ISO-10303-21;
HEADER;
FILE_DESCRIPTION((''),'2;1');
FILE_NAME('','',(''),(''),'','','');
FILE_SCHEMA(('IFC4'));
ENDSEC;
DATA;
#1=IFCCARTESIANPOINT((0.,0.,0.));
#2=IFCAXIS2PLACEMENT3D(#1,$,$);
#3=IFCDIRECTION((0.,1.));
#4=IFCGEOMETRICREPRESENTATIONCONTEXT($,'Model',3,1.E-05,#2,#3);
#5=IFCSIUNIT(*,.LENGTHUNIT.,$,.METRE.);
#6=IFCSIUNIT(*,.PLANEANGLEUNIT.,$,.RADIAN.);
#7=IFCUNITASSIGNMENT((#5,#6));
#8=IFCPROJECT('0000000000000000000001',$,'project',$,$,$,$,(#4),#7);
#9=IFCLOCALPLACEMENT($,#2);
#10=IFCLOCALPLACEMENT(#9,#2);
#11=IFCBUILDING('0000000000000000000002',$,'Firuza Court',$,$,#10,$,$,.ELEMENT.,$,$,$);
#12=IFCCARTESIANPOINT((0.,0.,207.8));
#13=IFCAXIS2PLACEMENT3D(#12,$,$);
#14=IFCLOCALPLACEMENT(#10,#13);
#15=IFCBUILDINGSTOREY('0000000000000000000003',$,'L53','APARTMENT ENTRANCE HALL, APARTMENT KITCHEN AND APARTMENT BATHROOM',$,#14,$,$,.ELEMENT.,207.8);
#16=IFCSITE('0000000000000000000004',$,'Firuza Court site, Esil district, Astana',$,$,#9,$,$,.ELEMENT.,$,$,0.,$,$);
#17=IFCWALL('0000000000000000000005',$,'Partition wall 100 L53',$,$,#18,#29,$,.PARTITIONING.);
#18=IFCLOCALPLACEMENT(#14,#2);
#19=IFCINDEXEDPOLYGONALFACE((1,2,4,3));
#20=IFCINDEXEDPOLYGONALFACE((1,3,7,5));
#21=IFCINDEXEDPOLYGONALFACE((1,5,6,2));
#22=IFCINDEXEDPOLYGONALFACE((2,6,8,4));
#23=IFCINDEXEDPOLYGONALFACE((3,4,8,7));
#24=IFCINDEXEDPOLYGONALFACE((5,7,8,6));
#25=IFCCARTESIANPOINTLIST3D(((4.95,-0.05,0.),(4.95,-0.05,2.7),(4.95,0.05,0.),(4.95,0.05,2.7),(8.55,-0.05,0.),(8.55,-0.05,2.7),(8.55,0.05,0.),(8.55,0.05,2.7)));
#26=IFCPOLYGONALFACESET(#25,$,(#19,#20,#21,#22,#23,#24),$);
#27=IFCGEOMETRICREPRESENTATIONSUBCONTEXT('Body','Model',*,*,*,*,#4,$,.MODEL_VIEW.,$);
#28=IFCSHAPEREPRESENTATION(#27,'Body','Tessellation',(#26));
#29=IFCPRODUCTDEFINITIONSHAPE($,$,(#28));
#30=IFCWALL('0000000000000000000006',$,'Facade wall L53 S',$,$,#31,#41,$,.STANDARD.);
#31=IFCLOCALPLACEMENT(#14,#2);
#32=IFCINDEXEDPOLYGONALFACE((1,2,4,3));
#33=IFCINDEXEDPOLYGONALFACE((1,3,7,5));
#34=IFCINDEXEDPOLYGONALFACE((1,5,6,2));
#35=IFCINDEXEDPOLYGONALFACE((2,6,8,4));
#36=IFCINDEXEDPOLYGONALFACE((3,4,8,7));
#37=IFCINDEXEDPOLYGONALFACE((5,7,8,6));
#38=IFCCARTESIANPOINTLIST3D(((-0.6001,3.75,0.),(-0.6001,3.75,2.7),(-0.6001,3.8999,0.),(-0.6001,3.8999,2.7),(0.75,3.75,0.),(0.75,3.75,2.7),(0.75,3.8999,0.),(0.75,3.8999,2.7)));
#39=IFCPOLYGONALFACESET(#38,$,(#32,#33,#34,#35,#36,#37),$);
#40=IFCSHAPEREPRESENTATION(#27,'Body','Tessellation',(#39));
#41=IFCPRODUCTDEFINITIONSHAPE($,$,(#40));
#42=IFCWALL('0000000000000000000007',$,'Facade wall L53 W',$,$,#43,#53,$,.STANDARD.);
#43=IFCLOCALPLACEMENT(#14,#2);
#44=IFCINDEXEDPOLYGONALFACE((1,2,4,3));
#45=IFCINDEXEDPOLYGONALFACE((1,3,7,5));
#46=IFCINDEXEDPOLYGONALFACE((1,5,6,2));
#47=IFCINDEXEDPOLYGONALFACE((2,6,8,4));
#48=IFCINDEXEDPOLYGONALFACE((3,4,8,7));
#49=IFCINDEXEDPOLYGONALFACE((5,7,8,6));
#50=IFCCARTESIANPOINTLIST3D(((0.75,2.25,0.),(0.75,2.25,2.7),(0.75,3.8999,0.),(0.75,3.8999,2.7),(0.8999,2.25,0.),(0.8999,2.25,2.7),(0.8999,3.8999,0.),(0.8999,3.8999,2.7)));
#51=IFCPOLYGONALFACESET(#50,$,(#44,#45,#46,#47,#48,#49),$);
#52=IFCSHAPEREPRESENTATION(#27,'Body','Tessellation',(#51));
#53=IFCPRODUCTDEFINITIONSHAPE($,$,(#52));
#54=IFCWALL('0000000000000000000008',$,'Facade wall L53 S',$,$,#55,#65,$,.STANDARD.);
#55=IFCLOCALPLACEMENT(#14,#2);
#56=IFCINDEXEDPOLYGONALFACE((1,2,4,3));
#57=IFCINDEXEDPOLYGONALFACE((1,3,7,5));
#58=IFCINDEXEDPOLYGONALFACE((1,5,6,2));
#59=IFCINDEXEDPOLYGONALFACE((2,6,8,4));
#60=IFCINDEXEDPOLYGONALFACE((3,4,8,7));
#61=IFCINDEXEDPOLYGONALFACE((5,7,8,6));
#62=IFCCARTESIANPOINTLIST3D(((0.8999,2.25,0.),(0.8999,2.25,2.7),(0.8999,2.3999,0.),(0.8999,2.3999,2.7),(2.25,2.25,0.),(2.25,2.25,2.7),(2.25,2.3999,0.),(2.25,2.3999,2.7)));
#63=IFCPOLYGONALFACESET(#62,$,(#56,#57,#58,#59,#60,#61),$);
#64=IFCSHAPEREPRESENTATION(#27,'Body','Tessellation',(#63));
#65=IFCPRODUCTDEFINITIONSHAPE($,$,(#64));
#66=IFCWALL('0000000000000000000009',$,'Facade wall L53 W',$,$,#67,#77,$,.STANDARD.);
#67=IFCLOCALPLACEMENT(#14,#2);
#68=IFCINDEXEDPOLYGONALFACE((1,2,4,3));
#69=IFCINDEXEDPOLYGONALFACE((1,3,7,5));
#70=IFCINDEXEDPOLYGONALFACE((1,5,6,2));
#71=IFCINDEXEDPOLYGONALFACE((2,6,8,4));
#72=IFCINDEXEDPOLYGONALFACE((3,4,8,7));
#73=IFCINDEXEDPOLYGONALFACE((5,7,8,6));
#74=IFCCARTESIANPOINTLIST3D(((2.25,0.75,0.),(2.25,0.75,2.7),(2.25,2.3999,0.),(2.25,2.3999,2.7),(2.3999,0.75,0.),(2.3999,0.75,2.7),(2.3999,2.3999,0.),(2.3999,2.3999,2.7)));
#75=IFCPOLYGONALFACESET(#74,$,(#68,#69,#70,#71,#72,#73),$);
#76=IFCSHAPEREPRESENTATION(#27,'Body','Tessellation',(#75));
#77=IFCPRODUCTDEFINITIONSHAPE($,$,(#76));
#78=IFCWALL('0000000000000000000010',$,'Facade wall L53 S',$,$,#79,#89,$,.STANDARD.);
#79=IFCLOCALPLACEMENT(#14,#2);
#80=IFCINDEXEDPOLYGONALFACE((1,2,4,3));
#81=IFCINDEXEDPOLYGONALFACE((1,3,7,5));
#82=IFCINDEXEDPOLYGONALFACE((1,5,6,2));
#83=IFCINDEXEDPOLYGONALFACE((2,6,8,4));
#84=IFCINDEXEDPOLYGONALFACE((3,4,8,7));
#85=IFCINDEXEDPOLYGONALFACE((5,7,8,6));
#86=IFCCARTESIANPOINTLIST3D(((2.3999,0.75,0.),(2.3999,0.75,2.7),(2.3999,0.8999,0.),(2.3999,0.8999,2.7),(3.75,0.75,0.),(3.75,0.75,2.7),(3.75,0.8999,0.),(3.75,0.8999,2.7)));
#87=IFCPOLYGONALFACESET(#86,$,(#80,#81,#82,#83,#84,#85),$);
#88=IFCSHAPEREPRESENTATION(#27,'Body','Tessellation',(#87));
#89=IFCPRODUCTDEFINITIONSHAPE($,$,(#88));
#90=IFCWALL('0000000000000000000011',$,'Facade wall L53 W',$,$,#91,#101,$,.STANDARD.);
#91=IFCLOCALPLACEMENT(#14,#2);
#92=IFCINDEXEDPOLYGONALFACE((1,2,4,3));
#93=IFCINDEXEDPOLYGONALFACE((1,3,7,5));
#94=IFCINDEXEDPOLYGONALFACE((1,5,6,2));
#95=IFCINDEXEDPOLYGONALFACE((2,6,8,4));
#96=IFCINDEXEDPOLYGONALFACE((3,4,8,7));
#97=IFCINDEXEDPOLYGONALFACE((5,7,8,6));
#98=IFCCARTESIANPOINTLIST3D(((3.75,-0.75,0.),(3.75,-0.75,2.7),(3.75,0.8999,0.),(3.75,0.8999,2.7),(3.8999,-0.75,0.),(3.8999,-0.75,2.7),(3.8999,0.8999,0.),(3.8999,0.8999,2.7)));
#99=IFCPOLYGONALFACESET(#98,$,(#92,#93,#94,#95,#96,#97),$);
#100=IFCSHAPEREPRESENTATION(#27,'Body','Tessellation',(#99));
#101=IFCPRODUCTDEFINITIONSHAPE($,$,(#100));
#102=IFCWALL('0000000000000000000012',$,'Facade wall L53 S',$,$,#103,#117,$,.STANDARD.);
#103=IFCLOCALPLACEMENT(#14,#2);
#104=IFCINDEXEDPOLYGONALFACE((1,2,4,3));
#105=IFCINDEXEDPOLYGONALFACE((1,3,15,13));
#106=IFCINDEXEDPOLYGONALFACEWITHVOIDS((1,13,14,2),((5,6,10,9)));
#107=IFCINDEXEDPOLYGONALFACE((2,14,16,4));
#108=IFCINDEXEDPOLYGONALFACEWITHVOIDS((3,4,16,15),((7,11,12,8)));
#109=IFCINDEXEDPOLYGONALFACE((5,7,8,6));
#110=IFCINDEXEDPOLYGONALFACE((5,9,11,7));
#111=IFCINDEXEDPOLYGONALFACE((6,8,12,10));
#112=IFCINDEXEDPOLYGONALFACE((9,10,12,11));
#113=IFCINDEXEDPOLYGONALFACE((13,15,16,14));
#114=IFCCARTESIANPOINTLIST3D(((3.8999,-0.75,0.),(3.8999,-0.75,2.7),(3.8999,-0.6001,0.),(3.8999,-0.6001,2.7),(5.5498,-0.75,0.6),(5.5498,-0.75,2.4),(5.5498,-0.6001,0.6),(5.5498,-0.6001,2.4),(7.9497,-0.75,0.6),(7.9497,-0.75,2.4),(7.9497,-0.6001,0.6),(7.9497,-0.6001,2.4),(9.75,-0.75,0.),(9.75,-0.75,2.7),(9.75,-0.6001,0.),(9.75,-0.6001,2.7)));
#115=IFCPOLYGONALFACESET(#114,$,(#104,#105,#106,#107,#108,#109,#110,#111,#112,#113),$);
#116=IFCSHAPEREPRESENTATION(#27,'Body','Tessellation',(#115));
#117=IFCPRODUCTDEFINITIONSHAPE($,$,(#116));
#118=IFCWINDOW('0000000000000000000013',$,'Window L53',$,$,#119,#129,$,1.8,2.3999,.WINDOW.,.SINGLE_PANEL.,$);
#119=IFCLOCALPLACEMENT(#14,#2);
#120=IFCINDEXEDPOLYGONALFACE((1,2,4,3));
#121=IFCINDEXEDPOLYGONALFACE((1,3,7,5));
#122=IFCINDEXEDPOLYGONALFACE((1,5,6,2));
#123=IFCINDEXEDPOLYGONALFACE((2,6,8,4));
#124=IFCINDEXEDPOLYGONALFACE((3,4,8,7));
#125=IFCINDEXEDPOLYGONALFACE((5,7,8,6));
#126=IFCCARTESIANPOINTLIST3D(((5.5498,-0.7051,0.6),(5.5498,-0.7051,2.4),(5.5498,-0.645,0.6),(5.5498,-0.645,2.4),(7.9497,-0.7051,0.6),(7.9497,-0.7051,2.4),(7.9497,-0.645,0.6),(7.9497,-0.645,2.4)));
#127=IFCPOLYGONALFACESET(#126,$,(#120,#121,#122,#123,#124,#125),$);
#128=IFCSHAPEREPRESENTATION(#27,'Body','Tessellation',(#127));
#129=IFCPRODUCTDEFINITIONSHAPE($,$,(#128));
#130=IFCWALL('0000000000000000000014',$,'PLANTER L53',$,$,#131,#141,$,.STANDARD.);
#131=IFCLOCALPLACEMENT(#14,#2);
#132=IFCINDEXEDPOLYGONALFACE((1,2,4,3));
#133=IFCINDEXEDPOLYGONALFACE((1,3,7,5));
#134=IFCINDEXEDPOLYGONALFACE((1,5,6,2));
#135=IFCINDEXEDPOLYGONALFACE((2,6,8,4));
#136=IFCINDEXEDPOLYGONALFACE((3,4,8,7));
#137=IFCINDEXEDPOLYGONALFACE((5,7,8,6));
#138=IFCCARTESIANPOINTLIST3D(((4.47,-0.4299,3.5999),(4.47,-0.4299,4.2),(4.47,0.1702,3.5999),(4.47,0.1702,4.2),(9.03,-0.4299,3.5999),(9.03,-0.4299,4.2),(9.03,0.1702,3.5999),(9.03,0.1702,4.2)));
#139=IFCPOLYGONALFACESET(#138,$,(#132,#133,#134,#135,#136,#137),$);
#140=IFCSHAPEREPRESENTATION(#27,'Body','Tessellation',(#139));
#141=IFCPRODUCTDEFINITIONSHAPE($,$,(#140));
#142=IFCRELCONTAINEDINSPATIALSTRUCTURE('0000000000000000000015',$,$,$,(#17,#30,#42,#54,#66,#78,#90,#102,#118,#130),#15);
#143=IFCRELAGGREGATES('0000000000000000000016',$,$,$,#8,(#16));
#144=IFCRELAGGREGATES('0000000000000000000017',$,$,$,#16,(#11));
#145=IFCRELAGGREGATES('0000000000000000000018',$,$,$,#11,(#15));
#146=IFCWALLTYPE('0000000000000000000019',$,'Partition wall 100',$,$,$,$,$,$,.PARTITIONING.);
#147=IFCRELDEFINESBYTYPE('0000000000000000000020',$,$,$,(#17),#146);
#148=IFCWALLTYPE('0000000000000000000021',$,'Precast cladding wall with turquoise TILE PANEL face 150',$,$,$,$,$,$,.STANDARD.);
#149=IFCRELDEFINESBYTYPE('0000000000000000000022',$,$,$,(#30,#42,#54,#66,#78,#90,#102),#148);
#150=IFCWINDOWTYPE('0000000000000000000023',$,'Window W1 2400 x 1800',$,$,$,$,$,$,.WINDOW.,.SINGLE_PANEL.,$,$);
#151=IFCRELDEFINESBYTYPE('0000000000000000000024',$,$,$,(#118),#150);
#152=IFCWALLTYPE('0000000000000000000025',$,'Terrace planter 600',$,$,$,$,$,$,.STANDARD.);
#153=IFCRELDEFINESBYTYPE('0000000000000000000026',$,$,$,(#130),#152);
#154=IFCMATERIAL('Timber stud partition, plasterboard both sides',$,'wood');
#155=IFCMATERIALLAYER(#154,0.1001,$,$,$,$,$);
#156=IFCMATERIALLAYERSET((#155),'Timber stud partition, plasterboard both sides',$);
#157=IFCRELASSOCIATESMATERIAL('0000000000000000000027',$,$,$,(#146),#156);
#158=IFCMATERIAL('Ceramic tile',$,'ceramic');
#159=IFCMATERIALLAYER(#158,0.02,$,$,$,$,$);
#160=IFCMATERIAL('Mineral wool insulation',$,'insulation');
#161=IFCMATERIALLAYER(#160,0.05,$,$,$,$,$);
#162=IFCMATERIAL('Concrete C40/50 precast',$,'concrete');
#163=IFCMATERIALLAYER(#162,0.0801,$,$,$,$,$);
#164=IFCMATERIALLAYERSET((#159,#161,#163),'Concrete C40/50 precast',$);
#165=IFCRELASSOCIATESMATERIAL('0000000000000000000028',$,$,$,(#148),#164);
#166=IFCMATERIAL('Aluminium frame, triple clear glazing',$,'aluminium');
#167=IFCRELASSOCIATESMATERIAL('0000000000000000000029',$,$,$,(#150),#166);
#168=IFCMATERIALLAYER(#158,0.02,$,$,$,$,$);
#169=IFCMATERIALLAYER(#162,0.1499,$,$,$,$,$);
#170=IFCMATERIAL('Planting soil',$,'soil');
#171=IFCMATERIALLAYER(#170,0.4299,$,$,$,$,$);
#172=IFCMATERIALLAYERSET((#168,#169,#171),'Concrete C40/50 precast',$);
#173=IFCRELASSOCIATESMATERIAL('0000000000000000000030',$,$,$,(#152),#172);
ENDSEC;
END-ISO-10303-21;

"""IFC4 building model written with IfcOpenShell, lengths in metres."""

from ifc_helpers import new_model, si_unit, direction, frame, frame_2d, origin, place, context, subcontext, project, spatial, rectangle, extrude, material, layer, layer_set, type_object, element, fill, save


model = new_model("IFC4")

# Units and contexts
model_context = context("Model", 3, precision=1e-05, world=origin(), true_north=direction((0.0, 1.0)))
body_context = subcontext(model_context, "Body", "Model", "MODEL_VIEW")
ifc_project = project(units=[si_unit("LENGTHUNIT", "METRE"), si_unit("PLANEANGLEUNIT", "RADIAN")], contexts=[model_context])

# Site, building, storey
site_placement = place(None, origin())
site = spatial("IfcSite", under=ifc_project, at=site_placement, Name="Firuza Court site, Esil district, Astana", CompositionType="ELEMENT", RefElevation=0.0)
building_placement = place(site_placement, origin())
building = spatial("IfcBuilding", under=site, at=building_placement, Name="Firuza Court", CompositionType="ELEMENT")
storey_placement = place(building_placement, frame((0.0, 0.0, 207.8)))
storey = spatial("IfcBuildingStorey", under=building, at=storey_placement, Name="L53", Description="APARTMENT ENTRANCE HALL, APARTMENT KITCHEN AND APARTMENT BATHROOM", CompositionType="ELEMENT", Elevation=207.8)

# Shared definitions
ifc_material_1 = material(Name="Concrete C40/50 precast", Category="concrete")

# Walls
ifc_material_2 = material(Name="Timber stud partition, plasterboard both sides", Category="wood")
ifc_layer_1 = layer(ifc_material_2, 0.1001)
ifc_layer_set_1 = layer_set([ifc_layer_1], Name="Timber stud partition, plasterboard both sides")
wall_type_1 = type_object("IfcWallType", Name="Partition wall 100", PredefinedType="PARTITIONING", material=ifc_layer_set_1)
wall_1_placement = place(storey_placement, frame((4.95, 0.0, 0.0), z_axis=(0.0, 0.0, 1.0), x_axis=(1.0, 0.0, 0.0)))
element("IfcWall", 1, at=wall_1_placement, inside=storey, type_object=wall_type_1, Name="Partition wall 100 L53", PredefinedType="PARTITIONING", context=body_context, shape_type="SweptSolid", body=[
    extrude(rectangle(XDim=3.6001, YDim=0.1001, at=frame_2d((1.8, 0.0))), origin(), (0.0, 0.0, 1.0), 2.7),
])
ifc_material_3 = material(Name="Ceramic tile", Category="ceramic")
ifc_layer_2 = layer(ifc_material_3, 0.02)
ifc_material_4 = material(Name="Mineral wool insulation", Category="insulation")
ifc_layer_3 = layer(ifc_material_4, 0.05)
ifc_layer_4 = layer(ifc_material_1, 0.0801)
ifc_layer_set_2 = layer_set([ifc_layer_2, ifc_layer_3, ifc_layer_4], Name="Concrete C40/50 precast")
wall_type_2 = type_object("IfcWallType", Name="Precast cladding wall with turquoise TILE PANEL face 150", PredefinedType="STANDARD", material=ifc_layer_set_2)
wall_2_placement = place(storey_placement, frame((-0.6001, 3.825, 0.0), z_axis=(0.0, 0.0, 1.0), x_axis=(1.0, 0.0, 0.0)))
element("IfcWall", 2, at=wall_2_placement, inside=storey, type_object=wall_type_2, Name="Facade wall L53 S", PredefinedType="STANDARD", context=body_context, shape_type="SweptSolid", body=[
    extrude(rectangle(XDim=1.3501, YDim=0.1499, at=frame_2d((0.675, 0.0))), origin(), (0.0, 0.0, 1.0), 2.7),
])
wall_3_placement = place(storey_placement, frame((0.825, 3.8999, 0.0), z_axis=(0.0, 0.0, 1.0), x_axis=(0.0, -1.0, 0.0)))
element("IfcWall", 3, at=wall_3_placement, inside=storey, type_object=wall_type_2, Name="Facade wall L53 W", PredefinedType="STANDARD", context=body_context, shape_type="SweptSolid", body=[
    extrude(rectangle(XDim=1.6499, YDim=0.1499, at=frame_2d((0.825, 0.0))), origin(), (0.0, 0.0, 1.0), 2.7),
])
wall_4_placement = place(storey_placement, frame((0.8999, 2.325, 0.0), z_axis=(0.0, 0.0, 1.0), x_axis=(1.0, 0.0, 0.0)))
element("IfcWall", 4, at=wall_4_placement, inside=storey, type_object=wall_type_2, Name="Facade wall L53 S", PredefinedType="STANDARD", context=body_context, shape_type="SweptSolid", body=[
    extrude(rectangle(XDim=1.3501, YDim=0.1499, at=frame_2d((0.675, 0.0))), origin(), (0.0, 0.0, 1.0), 2.7),
])
wall_5_placement = place(storey_placement, frame((2.325, 2.3999, 0.0), z_axis=(0.0, 0.0, 1.0), x_axis=(0.0, -1.0, 0.0)))
element("IfcWall", 5, at=wall_5_placement, inside=storey, type_object=wall_type_2, Name="Facade wall L53 W", PredefinedType="STANDARD", context=body_context, shape_type="SweptSolid", body=[
    extrude(rectangle(XDim=1.6499, YDim=0.1499, at=frame_2d((0.825, 0.0))), origin(), (0.0, 0.0, 1.0), 2.7),
])
wall_6_placement = place(storey_placement, frame((2.3999, 0.825, 0.0), z_axis=(0.0, 0.0, 1.0), x_axis=(1.0, 0.0, 0.0)))
element("IfcWall", 6, at=wall_6_placement, inside=storey, type_object=wall_type_2, Name="Facade wall L53 S", PredefinedType="STANDARD", context=body_context, shape_type="SweptSolid", body=[
    extrude(rectangle(XDim=1.3501, YDim=0.1499, at=frame_2d((0.675, 0.0))), origin(), (0.0, 0.0, 1.0), 2.7),
])
wall_7_placement = place(storey_placement, frame((3.825, 0.8999, 0.0), z_axis=(0.0, 0.0, 1.0), x_axis=(0.0, -1.0, 0.0)))
element("IfcWall", 7, at=wall_7_placement, inside=storey, type_object=wall_type_2, Name="Facade wall L53 W", PredefinedType="STANDARD", context=body_context, shape_type="SweptSolid", body=[
    extrude(rectangle(XDim=1.6499, YDim=0.1499, at=frame_2d((0.825, 0.0))), origin(), (0.0, 0.0, 1.0), 2.7),
])

# Wall, opening, window
wall_8_placement = place(storey_placement, frame((3.8999, -0.675, 0.0), z_axis=(0.0, 0.0, 1.0), x_axis=(1.0, 0.0, 0.0)))
wall_8 = element("IfcWall", 8, at=wall_8_placement, inside=storey, type_object=wall_type_2, Name="Facade wall L53 S", PredefinedType="STANDARD", context=body_context, shape_type="SweptSolid", body=[
    extrude(rectangle(XDim=5.8501, YDim=0.1499, at=frame_2d((2.925, 0.0))), origin(), (0.0, 0.0, 1.0), 2.7),
])
opening_placement = place(wall_8_placement, frame((1.6499, 0.0, 0.6001)))
opening = element("IfcOpeningElement", 9, at=opening_placement, cuts=wall_8, PredefinedType="OPENING", context=body_context, shape_type="SweptSolid", body=[
    extrude(rectangle(XDim=2.3999, YDim=1.8, at=frame_2d((1.2, 0.8999))), frame((0.0, 0.0869, 0.0), z_axis=(0.0, -1.0, 0.0), x_axis=(1.0, 0.0, 0.0)), (0.0, 0.0, 1.0), 0.1738),
])
ifc_material_5 = material(Name="Aluminium frame, triple clear glazing", Category="aluminium")
window_type = type_object("IfcWindowType", Name="Window W1 2400 x 1800", PartitioningType="SINGLE_PANEL", PredefinedType="WINDOW", material=ifc_material_5)
window_placement = place(opening_placement, origin())
window = element("IfcWindow", 10, at=window_placement, inside=storey, type_object=window_type, Name="Window L53", OverallHeight=1.8, OverallWidth=2.3999, PartitioningType="SINGLE_PANEL", PredefinedType="WINDOW", context=body_context, shape_type="SweptSolid", body=[
    extrude(rectangle(XDim=2.3999, YDim=1.8, at=frame_2d((1.2, 0.8999))), frame((0.0, 0.03, 0.0), z_axis=(0.0, -1.0, 0.0), x_axis=(1.0, 0.0, 0.0)), (0.0, 0.0, 1.0), 0.0601),
])
fill(opening, window)

# Wall
ifc_layer_5 = layer(ifc_material_3, 0.02)
ifc_layer_6 = layer(ifc_material_1, 0.1499)
ifc_material_6 = material(Name="Planting soil", Category="soil")
ifc_layer_7 = layer(ifc_material_6, 0.4299)
ifc_layer_set_3 = layer_set([ifc_layer_5, ifc_layer_6, ifc_layer_7], Name="Concrete C40/50 precast")
wall_type_3 = type_object("IfcWallType", Name="Terrace planter 600", PredefinedType="STANDARD", material=ifc_layer_set_3)
wall_9_placement = place(storey_placement, frame((9.03, -0.1299, 3.5999), z_axis=(0.0, 0.0, 1.0), x_axis=(-1.0, 0.0, 0.0)))
element("IfcWall", 11, at=wall_9_placement, inside=storey, type_object=wall_type_3, Name="PLANTER L53", PredefinedType="STANDARD", context=body_context, shape_type="SweptSolid", body=[
    extrude(rectangle(XDim=4.5601, YDim=0.6001, at=frame_2d((2.28, 0.0))), origin(), (0.0, 0.0, 1.0), 0.6001),
])

save(model, "model.ifc")
